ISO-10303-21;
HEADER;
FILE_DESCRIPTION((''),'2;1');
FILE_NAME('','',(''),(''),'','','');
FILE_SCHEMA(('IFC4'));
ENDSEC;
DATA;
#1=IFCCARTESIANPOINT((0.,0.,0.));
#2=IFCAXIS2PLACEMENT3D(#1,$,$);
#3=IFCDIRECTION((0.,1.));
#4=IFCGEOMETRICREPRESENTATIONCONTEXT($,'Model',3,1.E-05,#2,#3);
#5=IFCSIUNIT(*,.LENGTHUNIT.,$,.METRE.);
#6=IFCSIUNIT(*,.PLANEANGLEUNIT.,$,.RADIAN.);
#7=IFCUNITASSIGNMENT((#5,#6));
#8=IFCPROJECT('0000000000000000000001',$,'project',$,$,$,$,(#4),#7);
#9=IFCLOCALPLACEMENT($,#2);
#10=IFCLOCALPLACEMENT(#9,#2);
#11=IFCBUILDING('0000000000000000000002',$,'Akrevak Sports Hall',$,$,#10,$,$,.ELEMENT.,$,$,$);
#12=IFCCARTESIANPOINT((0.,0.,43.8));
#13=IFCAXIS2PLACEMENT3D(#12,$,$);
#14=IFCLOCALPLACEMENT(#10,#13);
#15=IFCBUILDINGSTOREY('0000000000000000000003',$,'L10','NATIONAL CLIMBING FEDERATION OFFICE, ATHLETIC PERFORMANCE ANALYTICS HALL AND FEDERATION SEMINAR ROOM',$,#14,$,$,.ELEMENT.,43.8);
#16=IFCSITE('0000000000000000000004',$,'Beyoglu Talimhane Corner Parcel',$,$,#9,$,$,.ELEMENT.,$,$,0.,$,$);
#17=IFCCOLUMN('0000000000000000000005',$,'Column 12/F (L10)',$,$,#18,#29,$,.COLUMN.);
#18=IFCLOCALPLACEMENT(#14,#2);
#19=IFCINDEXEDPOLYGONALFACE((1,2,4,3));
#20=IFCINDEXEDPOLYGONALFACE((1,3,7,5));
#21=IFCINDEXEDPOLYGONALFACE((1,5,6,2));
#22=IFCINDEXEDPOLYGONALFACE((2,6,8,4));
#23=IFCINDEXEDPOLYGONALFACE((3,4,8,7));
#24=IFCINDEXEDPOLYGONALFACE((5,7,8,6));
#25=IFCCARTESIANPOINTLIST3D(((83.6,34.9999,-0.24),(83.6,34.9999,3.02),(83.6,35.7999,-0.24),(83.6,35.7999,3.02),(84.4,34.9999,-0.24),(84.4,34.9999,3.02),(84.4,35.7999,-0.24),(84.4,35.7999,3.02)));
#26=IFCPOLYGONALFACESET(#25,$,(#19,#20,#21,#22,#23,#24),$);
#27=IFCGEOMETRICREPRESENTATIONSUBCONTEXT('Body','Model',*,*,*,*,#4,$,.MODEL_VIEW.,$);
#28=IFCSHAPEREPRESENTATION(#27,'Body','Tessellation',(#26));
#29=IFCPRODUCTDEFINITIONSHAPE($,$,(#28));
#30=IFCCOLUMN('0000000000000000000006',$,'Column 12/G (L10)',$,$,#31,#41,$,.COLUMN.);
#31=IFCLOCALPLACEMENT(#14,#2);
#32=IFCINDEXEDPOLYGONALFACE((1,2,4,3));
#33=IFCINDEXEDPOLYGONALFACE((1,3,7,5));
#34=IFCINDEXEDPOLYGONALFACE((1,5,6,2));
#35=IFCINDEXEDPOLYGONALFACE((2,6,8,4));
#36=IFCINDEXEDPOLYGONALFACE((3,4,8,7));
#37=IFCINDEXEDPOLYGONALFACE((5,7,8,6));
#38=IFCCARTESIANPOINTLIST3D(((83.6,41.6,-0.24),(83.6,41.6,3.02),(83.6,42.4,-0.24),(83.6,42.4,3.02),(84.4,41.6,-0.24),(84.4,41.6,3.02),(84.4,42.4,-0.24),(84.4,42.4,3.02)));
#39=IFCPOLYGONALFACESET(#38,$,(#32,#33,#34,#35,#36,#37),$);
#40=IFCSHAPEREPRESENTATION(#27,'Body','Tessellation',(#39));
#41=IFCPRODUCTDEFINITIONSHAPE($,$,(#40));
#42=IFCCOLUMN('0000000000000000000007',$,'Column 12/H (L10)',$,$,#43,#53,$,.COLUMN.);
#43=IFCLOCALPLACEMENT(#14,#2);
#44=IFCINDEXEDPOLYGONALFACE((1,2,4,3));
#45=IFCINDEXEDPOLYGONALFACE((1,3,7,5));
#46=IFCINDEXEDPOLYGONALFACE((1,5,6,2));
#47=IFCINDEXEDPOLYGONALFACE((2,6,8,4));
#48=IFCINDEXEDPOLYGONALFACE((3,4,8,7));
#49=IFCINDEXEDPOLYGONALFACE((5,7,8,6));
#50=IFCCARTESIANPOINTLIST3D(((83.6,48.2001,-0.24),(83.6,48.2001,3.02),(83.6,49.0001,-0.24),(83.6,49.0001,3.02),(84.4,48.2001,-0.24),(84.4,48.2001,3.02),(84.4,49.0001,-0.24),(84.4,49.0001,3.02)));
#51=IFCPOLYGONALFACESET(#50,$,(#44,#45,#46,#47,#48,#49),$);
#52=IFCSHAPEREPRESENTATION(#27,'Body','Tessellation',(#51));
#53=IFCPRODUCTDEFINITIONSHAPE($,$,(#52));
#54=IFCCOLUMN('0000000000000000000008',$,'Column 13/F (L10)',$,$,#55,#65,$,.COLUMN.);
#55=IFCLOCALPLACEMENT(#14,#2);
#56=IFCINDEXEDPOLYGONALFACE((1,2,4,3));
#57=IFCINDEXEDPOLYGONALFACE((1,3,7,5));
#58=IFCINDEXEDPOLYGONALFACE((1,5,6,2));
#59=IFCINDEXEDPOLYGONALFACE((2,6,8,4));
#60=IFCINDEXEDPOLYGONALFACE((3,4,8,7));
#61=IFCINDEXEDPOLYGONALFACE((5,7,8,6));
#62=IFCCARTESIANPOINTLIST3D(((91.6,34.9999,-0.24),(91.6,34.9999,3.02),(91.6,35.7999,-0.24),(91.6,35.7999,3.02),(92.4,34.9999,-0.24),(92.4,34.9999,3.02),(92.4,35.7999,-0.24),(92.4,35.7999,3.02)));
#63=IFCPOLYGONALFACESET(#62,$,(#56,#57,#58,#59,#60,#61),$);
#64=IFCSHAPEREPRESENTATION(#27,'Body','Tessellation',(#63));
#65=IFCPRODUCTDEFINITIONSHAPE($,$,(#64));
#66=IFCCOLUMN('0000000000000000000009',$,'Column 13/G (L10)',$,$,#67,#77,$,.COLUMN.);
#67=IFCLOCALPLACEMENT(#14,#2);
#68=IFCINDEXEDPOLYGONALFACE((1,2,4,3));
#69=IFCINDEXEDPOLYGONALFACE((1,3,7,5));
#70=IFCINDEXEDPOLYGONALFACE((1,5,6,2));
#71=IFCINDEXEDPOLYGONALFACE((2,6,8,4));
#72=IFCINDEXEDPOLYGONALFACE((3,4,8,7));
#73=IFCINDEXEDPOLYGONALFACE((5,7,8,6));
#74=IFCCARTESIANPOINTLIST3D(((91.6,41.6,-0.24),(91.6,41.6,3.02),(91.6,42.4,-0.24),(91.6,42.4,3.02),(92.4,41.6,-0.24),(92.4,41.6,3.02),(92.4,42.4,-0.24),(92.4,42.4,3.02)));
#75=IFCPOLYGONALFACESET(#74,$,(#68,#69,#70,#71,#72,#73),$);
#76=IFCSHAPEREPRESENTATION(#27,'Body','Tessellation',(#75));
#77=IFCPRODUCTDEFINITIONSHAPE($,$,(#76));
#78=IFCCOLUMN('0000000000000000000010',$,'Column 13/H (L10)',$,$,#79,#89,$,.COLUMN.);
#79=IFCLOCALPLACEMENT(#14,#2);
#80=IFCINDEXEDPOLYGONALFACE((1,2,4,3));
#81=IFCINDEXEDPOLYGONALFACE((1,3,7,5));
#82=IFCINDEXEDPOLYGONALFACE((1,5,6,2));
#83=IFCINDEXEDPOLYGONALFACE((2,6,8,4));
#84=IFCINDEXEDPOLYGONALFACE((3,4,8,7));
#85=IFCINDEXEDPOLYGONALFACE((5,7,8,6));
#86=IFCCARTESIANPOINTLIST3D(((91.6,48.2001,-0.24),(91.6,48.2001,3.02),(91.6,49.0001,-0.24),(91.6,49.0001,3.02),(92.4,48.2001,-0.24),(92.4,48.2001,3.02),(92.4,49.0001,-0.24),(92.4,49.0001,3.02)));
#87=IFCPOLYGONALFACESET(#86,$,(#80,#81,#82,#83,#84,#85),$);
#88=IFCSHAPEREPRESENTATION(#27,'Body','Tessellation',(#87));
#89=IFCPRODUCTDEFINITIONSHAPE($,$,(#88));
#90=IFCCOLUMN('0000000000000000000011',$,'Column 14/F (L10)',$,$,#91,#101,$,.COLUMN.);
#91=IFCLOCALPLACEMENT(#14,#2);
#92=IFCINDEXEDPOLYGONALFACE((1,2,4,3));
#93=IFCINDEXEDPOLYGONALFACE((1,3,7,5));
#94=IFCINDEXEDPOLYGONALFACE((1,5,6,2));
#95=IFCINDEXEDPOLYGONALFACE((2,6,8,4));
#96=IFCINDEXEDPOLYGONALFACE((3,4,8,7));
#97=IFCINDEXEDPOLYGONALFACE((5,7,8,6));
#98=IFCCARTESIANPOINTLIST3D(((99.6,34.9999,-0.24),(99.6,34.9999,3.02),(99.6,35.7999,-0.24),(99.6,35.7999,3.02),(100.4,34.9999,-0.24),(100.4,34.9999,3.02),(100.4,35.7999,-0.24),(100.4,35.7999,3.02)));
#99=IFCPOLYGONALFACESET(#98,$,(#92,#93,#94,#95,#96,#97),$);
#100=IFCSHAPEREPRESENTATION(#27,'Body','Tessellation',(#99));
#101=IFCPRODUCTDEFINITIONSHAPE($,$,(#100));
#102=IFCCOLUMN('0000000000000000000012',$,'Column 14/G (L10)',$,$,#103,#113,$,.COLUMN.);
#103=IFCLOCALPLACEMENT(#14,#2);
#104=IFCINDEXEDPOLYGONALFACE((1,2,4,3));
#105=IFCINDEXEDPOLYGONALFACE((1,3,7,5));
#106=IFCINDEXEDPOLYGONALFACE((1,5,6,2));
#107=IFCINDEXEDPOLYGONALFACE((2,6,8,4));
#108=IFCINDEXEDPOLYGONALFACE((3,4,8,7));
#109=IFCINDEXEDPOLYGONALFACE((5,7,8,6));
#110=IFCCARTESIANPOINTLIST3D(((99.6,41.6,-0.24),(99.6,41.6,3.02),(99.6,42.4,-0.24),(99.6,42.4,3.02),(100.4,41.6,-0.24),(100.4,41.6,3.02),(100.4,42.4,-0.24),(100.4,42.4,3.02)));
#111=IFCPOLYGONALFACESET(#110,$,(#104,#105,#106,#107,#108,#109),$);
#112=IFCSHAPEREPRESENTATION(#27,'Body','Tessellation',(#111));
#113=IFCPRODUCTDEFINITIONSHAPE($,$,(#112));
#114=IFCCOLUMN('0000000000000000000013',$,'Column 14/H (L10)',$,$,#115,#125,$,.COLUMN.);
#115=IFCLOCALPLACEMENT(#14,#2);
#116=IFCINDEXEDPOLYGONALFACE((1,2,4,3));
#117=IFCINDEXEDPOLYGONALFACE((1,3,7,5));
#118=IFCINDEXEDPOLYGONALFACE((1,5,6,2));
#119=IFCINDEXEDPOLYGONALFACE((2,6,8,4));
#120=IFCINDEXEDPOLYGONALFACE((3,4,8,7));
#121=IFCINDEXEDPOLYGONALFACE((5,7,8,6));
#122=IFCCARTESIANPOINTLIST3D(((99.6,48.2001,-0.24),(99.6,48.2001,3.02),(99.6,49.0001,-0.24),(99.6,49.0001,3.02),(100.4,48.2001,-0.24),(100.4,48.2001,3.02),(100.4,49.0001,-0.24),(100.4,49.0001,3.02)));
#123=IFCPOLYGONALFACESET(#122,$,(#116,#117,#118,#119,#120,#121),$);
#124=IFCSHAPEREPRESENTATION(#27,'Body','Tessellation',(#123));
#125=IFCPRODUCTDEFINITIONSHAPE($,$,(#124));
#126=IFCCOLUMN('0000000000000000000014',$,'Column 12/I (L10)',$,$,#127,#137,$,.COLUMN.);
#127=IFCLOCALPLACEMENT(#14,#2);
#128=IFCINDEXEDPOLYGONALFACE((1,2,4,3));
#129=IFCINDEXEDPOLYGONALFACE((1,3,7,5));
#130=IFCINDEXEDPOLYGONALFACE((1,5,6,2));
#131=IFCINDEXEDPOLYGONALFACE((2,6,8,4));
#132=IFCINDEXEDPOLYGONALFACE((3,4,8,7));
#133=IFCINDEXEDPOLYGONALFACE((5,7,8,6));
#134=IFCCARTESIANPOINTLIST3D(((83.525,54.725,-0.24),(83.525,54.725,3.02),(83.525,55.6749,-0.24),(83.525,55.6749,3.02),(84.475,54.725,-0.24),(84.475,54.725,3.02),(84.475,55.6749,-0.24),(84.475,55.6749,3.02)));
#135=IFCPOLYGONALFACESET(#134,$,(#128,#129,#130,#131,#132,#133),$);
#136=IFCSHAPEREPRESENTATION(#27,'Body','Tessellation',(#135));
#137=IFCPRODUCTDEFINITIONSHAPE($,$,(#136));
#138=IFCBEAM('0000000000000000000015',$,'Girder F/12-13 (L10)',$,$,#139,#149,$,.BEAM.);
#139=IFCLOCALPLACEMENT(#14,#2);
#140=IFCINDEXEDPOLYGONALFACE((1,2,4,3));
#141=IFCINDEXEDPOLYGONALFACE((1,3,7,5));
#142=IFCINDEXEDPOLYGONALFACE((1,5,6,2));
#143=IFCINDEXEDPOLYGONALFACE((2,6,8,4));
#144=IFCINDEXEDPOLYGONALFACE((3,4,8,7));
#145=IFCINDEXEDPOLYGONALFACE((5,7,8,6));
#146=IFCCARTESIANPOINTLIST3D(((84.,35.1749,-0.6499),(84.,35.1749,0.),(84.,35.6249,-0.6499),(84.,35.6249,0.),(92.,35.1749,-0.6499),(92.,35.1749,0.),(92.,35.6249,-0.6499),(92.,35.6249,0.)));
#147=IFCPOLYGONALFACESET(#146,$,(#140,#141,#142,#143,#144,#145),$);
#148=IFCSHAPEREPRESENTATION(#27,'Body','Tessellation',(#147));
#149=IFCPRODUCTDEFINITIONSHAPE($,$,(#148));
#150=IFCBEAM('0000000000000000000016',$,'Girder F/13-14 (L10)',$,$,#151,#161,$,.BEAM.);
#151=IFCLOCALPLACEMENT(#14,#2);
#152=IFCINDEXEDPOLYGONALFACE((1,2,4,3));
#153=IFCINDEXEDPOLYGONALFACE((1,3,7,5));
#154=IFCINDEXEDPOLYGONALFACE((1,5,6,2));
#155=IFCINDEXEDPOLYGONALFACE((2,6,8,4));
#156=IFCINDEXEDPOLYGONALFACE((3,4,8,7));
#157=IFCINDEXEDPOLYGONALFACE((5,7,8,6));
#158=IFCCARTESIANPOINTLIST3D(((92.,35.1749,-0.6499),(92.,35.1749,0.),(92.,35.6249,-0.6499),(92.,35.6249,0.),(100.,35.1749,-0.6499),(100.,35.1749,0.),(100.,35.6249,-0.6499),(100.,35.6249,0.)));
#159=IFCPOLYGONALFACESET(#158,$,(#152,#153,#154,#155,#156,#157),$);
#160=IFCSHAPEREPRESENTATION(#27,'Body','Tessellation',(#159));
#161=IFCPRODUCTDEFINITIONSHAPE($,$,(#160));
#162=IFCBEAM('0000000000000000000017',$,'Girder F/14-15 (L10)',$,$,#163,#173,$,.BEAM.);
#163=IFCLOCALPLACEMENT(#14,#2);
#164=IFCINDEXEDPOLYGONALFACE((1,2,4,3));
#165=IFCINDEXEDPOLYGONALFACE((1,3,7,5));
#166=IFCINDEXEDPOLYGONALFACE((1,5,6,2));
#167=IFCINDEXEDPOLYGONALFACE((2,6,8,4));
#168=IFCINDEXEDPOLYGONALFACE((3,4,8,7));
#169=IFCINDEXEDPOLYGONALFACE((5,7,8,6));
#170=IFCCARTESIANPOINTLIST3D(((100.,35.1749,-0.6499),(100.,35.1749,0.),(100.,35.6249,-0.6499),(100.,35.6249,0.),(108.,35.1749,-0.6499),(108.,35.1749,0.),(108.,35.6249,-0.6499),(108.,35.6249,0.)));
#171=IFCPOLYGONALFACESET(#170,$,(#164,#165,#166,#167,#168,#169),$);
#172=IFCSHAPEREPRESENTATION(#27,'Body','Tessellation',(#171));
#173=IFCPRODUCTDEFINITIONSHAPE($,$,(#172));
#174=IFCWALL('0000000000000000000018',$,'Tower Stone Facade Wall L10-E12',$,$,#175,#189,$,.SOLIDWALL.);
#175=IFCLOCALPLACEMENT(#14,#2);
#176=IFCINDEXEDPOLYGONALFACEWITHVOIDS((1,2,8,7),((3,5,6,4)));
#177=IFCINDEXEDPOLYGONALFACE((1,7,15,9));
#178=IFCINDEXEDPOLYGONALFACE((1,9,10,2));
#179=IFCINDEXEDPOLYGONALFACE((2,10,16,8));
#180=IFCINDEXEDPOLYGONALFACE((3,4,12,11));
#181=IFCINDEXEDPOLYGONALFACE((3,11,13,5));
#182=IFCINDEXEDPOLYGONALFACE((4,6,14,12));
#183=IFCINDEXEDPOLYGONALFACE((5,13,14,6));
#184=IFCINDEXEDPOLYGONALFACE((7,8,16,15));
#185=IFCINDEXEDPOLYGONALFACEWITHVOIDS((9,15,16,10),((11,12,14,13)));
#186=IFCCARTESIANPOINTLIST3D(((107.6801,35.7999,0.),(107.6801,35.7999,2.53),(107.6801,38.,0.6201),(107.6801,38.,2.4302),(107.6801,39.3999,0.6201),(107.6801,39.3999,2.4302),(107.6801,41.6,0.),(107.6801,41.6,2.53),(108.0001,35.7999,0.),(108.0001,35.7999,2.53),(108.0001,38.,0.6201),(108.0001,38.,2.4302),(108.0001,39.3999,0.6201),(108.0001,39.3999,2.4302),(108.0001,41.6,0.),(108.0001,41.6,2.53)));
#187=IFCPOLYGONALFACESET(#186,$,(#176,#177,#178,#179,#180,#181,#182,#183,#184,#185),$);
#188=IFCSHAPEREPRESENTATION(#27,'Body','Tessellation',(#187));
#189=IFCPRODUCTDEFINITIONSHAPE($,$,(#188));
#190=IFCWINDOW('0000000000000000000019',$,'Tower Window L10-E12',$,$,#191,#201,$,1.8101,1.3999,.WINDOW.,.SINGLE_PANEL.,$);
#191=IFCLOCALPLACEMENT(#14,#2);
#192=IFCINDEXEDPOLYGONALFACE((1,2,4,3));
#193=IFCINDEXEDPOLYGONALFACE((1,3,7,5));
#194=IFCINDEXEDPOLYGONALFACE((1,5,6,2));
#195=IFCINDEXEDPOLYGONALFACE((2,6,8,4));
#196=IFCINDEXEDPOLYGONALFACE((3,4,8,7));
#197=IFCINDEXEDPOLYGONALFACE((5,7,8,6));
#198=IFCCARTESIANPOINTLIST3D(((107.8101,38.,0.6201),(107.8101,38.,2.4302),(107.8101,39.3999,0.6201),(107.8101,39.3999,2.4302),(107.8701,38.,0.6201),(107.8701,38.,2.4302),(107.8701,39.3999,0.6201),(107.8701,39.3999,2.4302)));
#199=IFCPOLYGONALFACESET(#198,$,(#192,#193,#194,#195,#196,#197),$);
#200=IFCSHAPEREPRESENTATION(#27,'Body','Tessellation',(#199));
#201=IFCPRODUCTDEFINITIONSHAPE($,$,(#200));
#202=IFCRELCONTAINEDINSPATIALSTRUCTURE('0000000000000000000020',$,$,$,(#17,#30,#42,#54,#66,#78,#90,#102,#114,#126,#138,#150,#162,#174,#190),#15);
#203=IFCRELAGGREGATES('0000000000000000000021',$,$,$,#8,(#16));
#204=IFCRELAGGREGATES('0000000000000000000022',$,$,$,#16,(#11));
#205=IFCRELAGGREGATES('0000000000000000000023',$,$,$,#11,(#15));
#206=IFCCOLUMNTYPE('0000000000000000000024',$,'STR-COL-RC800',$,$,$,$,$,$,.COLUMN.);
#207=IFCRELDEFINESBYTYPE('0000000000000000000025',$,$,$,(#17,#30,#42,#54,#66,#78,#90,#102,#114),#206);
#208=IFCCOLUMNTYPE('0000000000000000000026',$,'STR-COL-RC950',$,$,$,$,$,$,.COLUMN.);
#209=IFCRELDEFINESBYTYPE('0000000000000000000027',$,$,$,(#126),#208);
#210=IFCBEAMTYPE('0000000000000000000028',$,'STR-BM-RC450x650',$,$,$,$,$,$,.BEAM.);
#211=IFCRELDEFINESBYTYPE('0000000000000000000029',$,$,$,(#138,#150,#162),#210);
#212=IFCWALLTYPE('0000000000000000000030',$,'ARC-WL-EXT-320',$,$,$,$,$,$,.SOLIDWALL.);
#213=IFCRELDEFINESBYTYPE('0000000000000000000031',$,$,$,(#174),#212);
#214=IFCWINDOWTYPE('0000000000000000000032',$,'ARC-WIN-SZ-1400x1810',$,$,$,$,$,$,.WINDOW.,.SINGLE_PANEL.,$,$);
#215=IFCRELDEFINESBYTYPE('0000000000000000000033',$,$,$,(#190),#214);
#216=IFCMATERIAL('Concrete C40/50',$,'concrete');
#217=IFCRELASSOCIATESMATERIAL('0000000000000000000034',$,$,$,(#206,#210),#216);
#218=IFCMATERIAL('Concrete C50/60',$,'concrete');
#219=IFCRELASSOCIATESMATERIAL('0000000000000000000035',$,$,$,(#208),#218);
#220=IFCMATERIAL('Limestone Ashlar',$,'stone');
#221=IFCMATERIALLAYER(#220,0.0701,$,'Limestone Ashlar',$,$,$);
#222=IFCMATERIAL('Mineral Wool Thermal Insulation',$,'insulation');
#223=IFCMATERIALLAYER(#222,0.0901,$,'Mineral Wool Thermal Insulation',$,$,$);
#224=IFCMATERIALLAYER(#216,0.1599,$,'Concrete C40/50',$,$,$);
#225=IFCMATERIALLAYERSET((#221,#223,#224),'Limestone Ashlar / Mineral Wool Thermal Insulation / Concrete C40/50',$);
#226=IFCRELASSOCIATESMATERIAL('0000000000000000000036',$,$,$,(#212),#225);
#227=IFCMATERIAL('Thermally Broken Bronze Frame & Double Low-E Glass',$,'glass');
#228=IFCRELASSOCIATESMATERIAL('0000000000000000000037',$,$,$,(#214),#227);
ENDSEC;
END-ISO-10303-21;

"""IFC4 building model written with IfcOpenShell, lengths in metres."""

from ifc_helpers import new_model, si_unit, direction, frame, frame_2d, origin, origin_2d, place, context, subcontext, project, spatial, rectangle, extrude, material, layer, layer_set, material_profile, profile_set, type_object, element, fill, save


model = new_model("IFC4")

# Units and contexts
model_context = context("Model", 3, precision=1e-05, world=origin(), true_north=direction((0.0, 1.0)))
body_context = subcontext(model_context, "Body", "Model", "MODEL_VIEW")
ifc_project = project(units=[si_unit("LENGTHUNIT", "METRE"), si_unit("PLANEANGLEUNIT", "RADIAN")], contexts=[model_context])

# Site, building, storey
site_placement = place(None, origin())
site = spatial("IfcSite", under=ifc_project, at=site_placement, Name="Beyoglu Talimhane Corner Parcel", CompositionType="ELEMENT", RefElevation=0.0)
building_placement = place(site_placement, origin())
building = spatial("IfcBuilding", under=site, at=building_placement, Name="Akrevak Sports Hall", CompositionType="ELEMENT")
storey_placement = place(building_placement, frame((0.0, 0.0, 43.8)))
storey = spatial("IfcBuildingStorey", under=building, at=storey_placement, Name="L10", Description="NATIONAL CLIMBING FEDERATION OFFICE, ATHLETIC PERFORMANCE ANALYTICS HALL AND FEDERATION SEMINAR ROOM", CompositionType="ELEMENT", Elevation=43.8)

# Columns
ifc_material_1 = material(Name="Concrete C40/50", Category="concrete")
ifc_material_profile_1 = material_profile(ifc_material_1, rectangle(XDim=0.8, YDim=0.8, at=origin_2d()), Name="RC 800x800", Category="concrete")
ifc_profile_set_1 = profile_set([ifc_material_profile_1], Name="Concrete C40/50")
column_type_1 = type_object("IfcColumnType", Name="STR-COL-RC800", PredefinedType="COLUMN", material=ifc_profile_set_1)
for number, where, z_axis, x_axis, name in (
    (1, (84.0, 35.3999, -0.24), (0.0, 0.0, 1.0), (1.0, 0.0, 0.0), "Column 12/F (L10)"),
    (2, (84.0, 42.0, -0.24), (0.0, 0.0, 1.0), (1.0, 0.0, 0.0), "Column 12/G (L10)"),
    (3, (84.0, 48.6001, -0.24), (0.0, 0.0, 1.0), (1.0, 0.0, 0.0), "Column 12/H (L10)"),
    (4, (92.0, 35.3999, -0.24), (0.0, 0.0, 1.0), (1.0, 0.0, 0.0), "Column 13/F (L10)"),
    (5, (92.0, 42.0, -0.24), (0.0, 0.0, 1.0), (1.0, 0.0, 0.0), "Column 13/G (L10)"),
    (6, (92.0, 48.6001, -0.24), (0.0, 0.0, 1.0), (1.0, 0.0, 0.0), "Column 13/H (L10)"),
    (7, (100.0, 35.3999, -0.24), (0.0, 0.0, 1.0), (1.0, 0.0, 0.0), "Column 14/F (L10)"),
    (8, (100.0, 42.0, -0.24), (0.0, 0.0, 1.0), (1.0, 0.0, 0.0), "Column 14/G (L10)"),
    (9, (100.0, 48.6001, -0.24), (0.0, 0.0, 1.0), (1.0, 0.0, 0.0), "Column 14/H (L10)"),
):
    element("IfcColumn", number, at=place(storey_placement, frame(where, z_axis=z_axis, x_axis=x_axis)), inside=storey, type_object=column_type_1, Name=name, PredefinedType="COLUMN", context=body_context, shape_type="SweptSolid", body=[
        extrude(rectangle(XDim=0.8, YDim=0.8, at=origin_2d()), origin(), (0.0, 0.0, 1.0), 3.26),
    ])
ifc_material_2 = material(Name="Concrete C50/60", Category="concrete")
ifc_material_profile_2 = material_profile(ifc_material_2, rectangle(XDim=0.95, YDim=0.95, at=origin_2d()), Name="RC 950x950", Category="concrete")
ifc_profile_set_2 = profile_set([ifc_material_profile_2], Name="Concrete C50/60")
column_type_2 = type_object("IfcColumnType", Name="STR-COL-RC950", PredefinedType="COLUMN", material=ifc_profile_set_2)
column_placement = place(storey_placement, frame((84.0, 55.2, -0.24), z_axis=(0.0, 0.0, 1.0), x_axis=(1.0, 0.0, 0.0)))
element("IfcColumn", 10, at=column_placement, inside=storey, type_object=column_type_2, Name="Column 12/I (L10)", PredefinedType="COLUMN", context=body_context, shape_type="SweptSolid", body=[
    extrude(rectangle(XDim=0.95, YDim=0.95, at=origin_2d()), origin(), (0.0, 0.0, 1.0), 3.26),
])

# Beams
ifc_material_profile_3 = material_profile(ifc_material_1, rectangle(XDim=0.45, YDim=0.6499, at=origin_2d()), Name="BM 450x650", Category="concrete")
ifc_profile_set_3 = profile_set([ifc_material_profile_3], Name="Concrete C40/50")
beam_type = type_object("IfcBeamType", Name="STR-BM-RC450x650", PredefinedType="BEAM", material=ifc_profile_set_3)
for number, where, z_axis, x_axis, name in (
    (11, (84.0, 35.3999, -0.325), (1.0, 0.0, 0.0), (0.0, 1.0, 0.0), "Girder F/12-13 (L10)"),
    (12, (92.0, 35.3999, -0.325), (1.0, 0.0, 0.0), (0.0, 1.0, 0.0), "Girder F/13-14 (L10)"),
    (13, (100.0, 35.3999, -0.325), (1.0, 0.0, 0.0), (0.0, 1.0, 0.0), "Girder F/14-15 (L10)"),
):
    element("IfcBeam", number, at=place(storey_placement, frame(where, z_axis=z_axis, x_axis=x_axis)), inside=storey, type_object=beam_type, Name=name, PredefinedType="BEAM", context=body_context, shape_type="SweptSolid", body=[
        extrude(rectangle(XDim=0.45, YDim=0.6499, at=origin_2d()), origin(), (0.0, 0.0, 1.0), 8.0),
    ])

# Wall, opening, window
ifc_material_3 = material(Name="Limestone Ashlar", Category="stone")
ifc_layer_1 = layer(ifc_material_3, 0.0701, Name="Limestone Ashlar")
ifc_material_4 = material(Name="Mineral Wool Thermal Insulation", Category="insulation")
ifc_layer_2 = layer(ifc_material_4, 0.0901, Name="Mineral Wool Thermal Insulation")
ifc_layer_3 = layer(ifc_material_1, 0.1599, Name="Concrete C40/50")
ifc_layer_set_1 = layer_set([ifc_layer_1, ifc_layer_2, ifc_layer_3], Name="Limestone Ashlar / Mineral Wool Thermal Insulation / Concrete C40/50")
wall_type_1 = type_object("IfcWallType", Name="ARC-WL-EXT-320", PredefinedType="SOLIDWALL", material=ifc_layer_set_1)
wall_1_placement = place(storey_placement, frame((107.8401, 35.8, 0.0), z_axis=(0.0, 0.0, 1.0), x_axis=(0.0, 1.0, 0.0)))
wall_1 = element("IfcWall", 14, at=wall_1_placement, inside=storey, type_object=wall_type_1, Name="Tower Stone Facade Wall L10-E12", PredefinedType="SOLIDWALL", context=body_context, shape_type="SweptSolid", body=[
    extrude(rectangle(XDim=5.8, YDim=0.3201, at=frame_2d((2.8999, 0.0))), origin(), (0.0, 0.0, 1.0), 2.53),
])
opening_1_placement = place(wall_1_placement, frame((2.2, 0.0, 0.6201)))
opening_1 = element("IfcOpeningElement", 15, at=opening_1_placement, cuts=wall_1, PredefinedType="OPENING", context=body_context, shape_type="SweptSolid", body=[
    extrude(rectangle(XDim=1.3999, YDim=1.8101, at=frame_2d((0.7, 0.905))), frame((0.0, 0.1719, 0.0), z_axis=(0.0, -1.0, 0.0), x_axis=(1.0, 0.0, 0.0)), (0.0, 0.0, 1.0), 0.344),
])
ifc_material_5 = material(Name="Thermally Broken Bronze Frame & Double Low-E Glass", Category="glass")
window_type = type_object("IfcWindowType", Name="ARC-WIN-SZ-1400x1810", PartitioningType="SINGLE_PANEL", PredefinedType="WINDOW", material=ifc_material_5)
window_placement = place(opening_1_placement, origin())
window = element("IfcWindow", 16, at=window_placement, inside=storey, type_object=window_type, Name="Tower Window L10-E12", OverallHeight=1.8101, OverallWidth=1.3999, PartitioningType="SINGLE_PANEL", PredefinedType="WINDOW", context=body_context, shape_type="SweptSolid", body=[
    extrude(rectangle(XDim=1.3999, YDim=1.8101, at=frame_2d((0.7, 0.905))), frame((0.0, 0.03, 0.0), z_axis=(0.0, -1.0, 0.0), x_axis=(1.0, 0.0, 0.0)), (0.0, 0.0, 1.0), 0.0601),
])
fill(opening_1, window)

save(model, "model.ifc")
